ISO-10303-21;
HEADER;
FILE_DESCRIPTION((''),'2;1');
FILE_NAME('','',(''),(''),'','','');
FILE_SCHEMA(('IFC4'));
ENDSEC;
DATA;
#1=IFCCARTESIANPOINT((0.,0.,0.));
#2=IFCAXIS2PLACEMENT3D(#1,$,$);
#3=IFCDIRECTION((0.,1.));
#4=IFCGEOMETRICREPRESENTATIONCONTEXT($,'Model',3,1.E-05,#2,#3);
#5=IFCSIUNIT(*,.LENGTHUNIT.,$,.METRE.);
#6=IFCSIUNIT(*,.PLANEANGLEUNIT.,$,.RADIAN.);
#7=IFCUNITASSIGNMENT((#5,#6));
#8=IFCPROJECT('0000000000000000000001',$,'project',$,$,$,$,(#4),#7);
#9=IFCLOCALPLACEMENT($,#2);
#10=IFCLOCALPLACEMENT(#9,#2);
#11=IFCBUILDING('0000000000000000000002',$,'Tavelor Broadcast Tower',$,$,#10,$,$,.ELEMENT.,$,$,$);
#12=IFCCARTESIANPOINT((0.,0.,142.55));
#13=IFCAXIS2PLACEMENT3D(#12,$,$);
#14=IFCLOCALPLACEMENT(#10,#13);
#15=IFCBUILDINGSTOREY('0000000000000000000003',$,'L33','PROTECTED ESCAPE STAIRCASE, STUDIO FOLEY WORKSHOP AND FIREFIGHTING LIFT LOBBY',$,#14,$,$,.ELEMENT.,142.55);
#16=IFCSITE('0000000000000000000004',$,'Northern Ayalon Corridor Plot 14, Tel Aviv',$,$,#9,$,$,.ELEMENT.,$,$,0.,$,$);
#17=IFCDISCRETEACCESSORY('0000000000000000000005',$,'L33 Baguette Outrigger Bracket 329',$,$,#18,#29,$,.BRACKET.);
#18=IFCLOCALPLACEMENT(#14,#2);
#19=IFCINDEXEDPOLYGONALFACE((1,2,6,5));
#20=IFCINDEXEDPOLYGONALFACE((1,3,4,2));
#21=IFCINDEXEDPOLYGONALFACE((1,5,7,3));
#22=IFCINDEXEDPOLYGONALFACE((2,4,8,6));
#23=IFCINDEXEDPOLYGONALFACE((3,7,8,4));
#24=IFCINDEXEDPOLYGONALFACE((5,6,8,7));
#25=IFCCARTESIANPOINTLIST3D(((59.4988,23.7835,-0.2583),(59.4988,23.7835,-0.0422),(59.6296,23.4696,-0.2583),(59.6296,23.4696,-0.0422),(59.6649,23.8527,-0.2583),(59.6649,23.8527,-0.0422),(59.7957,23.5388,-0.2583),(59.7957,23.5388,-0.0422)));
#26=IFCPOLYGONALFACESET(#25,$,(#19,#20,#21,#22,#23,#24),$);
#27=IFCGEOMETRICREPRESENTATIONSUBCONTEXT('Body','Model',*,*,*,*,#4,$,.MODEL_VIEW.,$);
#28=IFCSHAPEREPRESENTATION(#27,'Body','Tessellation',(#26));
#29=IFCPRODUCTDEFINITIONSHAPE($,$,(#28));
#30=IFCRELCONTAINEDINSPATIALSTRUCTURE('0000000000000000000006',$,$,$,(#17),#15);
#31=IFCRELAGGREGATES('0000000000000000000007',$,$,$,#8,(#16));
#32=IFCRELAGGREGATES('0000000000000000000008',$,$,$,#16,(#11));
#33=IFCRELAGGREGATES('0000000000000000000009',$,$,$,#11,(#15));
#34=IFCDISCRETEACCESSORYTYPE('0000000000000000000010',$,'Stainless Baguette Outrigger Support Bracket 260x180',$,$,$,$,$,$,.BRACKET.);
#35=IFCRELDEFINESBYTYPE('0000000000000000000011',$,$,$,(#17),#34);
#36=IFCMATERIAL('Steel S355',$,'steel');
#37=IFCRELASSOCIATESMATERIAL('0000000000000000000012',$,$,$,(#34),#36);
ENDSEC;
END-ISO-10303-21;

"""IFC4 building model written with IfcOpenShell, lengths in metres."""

from ifc_helpers import new_model, si_unit, direction, frame, origin, origin_2d, place, context, subcontext, project, spatial, rectangle, extrude, source, transform, mapped, material, type_object, type_shapes, element, save


model = new_model("IFC4")

# Units and contexts
model_context = context("Model", 3, precision=1e-05, world=origin(), true_north=direction((0.0, 1.0)))
body_context = subcontext(model_context, "Body", "Model", "MODEL_VIEW")
ifc_project = project(units=[si_unit("LENGTHUNIT", "METRE"), si_unit("PLANEANGLEUNIT", "RADIAN")], contexts=[model_context])

# Site, building, storey
site_placement = place(None, origin())
site = spatial("IfcSite", under=ifc_project, at=site_placement, Name="Northern Ayalon Corridor Plot 14, Tel Aviv", CompositionType="ELEMENT", RefElevation=0.0)
building_placement = place(site_placement, origin())
building = spatial("IfcBuilding", under=site, at=building_placement, Name="Tavelor Broadcast Tower", CompositionType="ELEMENT")
storey_placement = place(building_placement, frame((0.0, 0.0, 142.55)))
storey = spatial("IfcBuildingStorey", under=building, at=storey_placement, Name="L33", Description="PROTECTED ESCAPE STAIRCASE, STUDIO FOLEY WORKSHOP AND FIREFIGHTING LIFT LOBBY", CompositionType="ELEMENT", Elevation=142.55)

# Shared definitions
ifc_material_1 = material(Name="Steel S355", Category="steel")

# Discrete accessory
discrete_accessory_type = type_object("IfcDiscreteAccessoryType", Name="Stainless Baguette Outrigger Support Bracket 260x180", PredefinedType="BRACKET", material=ifc_material_1)
shared_shape_1 = source(origin(), body_context, "Body", "SweptSolid", [
    extrude(rectangle(XDim=0.1799, YDim=0.3401, at=origin_2d()), origin(), (0.0, 0.0, 1.0), 0.2161),
])
type_shapes(discrete_accessory_type, [shared_shape_1])
discrete_accessory_placement = place(storey_placement, frame((59.6472, 23.6611, -0.2583), z_axis=(0.0, 0.0, 1.0), x_axis=(0.923076, 0.384618, 0.0)))
element("IfcDiscreteAccessory", 1, at=discrete_accessory_placement, inside=storey, type_object=discrete_accessory_type, Name="L33 Baguette Outrigger Bracket 329", PredefinedType="BRACKET", context=body_context, shape_type="MappedRepresentation", body=[
    mapped(shared_shape_1, transform((0.0, 0.0, 0.0), scale=1.0)),
])

save(model, "model.ifc")
